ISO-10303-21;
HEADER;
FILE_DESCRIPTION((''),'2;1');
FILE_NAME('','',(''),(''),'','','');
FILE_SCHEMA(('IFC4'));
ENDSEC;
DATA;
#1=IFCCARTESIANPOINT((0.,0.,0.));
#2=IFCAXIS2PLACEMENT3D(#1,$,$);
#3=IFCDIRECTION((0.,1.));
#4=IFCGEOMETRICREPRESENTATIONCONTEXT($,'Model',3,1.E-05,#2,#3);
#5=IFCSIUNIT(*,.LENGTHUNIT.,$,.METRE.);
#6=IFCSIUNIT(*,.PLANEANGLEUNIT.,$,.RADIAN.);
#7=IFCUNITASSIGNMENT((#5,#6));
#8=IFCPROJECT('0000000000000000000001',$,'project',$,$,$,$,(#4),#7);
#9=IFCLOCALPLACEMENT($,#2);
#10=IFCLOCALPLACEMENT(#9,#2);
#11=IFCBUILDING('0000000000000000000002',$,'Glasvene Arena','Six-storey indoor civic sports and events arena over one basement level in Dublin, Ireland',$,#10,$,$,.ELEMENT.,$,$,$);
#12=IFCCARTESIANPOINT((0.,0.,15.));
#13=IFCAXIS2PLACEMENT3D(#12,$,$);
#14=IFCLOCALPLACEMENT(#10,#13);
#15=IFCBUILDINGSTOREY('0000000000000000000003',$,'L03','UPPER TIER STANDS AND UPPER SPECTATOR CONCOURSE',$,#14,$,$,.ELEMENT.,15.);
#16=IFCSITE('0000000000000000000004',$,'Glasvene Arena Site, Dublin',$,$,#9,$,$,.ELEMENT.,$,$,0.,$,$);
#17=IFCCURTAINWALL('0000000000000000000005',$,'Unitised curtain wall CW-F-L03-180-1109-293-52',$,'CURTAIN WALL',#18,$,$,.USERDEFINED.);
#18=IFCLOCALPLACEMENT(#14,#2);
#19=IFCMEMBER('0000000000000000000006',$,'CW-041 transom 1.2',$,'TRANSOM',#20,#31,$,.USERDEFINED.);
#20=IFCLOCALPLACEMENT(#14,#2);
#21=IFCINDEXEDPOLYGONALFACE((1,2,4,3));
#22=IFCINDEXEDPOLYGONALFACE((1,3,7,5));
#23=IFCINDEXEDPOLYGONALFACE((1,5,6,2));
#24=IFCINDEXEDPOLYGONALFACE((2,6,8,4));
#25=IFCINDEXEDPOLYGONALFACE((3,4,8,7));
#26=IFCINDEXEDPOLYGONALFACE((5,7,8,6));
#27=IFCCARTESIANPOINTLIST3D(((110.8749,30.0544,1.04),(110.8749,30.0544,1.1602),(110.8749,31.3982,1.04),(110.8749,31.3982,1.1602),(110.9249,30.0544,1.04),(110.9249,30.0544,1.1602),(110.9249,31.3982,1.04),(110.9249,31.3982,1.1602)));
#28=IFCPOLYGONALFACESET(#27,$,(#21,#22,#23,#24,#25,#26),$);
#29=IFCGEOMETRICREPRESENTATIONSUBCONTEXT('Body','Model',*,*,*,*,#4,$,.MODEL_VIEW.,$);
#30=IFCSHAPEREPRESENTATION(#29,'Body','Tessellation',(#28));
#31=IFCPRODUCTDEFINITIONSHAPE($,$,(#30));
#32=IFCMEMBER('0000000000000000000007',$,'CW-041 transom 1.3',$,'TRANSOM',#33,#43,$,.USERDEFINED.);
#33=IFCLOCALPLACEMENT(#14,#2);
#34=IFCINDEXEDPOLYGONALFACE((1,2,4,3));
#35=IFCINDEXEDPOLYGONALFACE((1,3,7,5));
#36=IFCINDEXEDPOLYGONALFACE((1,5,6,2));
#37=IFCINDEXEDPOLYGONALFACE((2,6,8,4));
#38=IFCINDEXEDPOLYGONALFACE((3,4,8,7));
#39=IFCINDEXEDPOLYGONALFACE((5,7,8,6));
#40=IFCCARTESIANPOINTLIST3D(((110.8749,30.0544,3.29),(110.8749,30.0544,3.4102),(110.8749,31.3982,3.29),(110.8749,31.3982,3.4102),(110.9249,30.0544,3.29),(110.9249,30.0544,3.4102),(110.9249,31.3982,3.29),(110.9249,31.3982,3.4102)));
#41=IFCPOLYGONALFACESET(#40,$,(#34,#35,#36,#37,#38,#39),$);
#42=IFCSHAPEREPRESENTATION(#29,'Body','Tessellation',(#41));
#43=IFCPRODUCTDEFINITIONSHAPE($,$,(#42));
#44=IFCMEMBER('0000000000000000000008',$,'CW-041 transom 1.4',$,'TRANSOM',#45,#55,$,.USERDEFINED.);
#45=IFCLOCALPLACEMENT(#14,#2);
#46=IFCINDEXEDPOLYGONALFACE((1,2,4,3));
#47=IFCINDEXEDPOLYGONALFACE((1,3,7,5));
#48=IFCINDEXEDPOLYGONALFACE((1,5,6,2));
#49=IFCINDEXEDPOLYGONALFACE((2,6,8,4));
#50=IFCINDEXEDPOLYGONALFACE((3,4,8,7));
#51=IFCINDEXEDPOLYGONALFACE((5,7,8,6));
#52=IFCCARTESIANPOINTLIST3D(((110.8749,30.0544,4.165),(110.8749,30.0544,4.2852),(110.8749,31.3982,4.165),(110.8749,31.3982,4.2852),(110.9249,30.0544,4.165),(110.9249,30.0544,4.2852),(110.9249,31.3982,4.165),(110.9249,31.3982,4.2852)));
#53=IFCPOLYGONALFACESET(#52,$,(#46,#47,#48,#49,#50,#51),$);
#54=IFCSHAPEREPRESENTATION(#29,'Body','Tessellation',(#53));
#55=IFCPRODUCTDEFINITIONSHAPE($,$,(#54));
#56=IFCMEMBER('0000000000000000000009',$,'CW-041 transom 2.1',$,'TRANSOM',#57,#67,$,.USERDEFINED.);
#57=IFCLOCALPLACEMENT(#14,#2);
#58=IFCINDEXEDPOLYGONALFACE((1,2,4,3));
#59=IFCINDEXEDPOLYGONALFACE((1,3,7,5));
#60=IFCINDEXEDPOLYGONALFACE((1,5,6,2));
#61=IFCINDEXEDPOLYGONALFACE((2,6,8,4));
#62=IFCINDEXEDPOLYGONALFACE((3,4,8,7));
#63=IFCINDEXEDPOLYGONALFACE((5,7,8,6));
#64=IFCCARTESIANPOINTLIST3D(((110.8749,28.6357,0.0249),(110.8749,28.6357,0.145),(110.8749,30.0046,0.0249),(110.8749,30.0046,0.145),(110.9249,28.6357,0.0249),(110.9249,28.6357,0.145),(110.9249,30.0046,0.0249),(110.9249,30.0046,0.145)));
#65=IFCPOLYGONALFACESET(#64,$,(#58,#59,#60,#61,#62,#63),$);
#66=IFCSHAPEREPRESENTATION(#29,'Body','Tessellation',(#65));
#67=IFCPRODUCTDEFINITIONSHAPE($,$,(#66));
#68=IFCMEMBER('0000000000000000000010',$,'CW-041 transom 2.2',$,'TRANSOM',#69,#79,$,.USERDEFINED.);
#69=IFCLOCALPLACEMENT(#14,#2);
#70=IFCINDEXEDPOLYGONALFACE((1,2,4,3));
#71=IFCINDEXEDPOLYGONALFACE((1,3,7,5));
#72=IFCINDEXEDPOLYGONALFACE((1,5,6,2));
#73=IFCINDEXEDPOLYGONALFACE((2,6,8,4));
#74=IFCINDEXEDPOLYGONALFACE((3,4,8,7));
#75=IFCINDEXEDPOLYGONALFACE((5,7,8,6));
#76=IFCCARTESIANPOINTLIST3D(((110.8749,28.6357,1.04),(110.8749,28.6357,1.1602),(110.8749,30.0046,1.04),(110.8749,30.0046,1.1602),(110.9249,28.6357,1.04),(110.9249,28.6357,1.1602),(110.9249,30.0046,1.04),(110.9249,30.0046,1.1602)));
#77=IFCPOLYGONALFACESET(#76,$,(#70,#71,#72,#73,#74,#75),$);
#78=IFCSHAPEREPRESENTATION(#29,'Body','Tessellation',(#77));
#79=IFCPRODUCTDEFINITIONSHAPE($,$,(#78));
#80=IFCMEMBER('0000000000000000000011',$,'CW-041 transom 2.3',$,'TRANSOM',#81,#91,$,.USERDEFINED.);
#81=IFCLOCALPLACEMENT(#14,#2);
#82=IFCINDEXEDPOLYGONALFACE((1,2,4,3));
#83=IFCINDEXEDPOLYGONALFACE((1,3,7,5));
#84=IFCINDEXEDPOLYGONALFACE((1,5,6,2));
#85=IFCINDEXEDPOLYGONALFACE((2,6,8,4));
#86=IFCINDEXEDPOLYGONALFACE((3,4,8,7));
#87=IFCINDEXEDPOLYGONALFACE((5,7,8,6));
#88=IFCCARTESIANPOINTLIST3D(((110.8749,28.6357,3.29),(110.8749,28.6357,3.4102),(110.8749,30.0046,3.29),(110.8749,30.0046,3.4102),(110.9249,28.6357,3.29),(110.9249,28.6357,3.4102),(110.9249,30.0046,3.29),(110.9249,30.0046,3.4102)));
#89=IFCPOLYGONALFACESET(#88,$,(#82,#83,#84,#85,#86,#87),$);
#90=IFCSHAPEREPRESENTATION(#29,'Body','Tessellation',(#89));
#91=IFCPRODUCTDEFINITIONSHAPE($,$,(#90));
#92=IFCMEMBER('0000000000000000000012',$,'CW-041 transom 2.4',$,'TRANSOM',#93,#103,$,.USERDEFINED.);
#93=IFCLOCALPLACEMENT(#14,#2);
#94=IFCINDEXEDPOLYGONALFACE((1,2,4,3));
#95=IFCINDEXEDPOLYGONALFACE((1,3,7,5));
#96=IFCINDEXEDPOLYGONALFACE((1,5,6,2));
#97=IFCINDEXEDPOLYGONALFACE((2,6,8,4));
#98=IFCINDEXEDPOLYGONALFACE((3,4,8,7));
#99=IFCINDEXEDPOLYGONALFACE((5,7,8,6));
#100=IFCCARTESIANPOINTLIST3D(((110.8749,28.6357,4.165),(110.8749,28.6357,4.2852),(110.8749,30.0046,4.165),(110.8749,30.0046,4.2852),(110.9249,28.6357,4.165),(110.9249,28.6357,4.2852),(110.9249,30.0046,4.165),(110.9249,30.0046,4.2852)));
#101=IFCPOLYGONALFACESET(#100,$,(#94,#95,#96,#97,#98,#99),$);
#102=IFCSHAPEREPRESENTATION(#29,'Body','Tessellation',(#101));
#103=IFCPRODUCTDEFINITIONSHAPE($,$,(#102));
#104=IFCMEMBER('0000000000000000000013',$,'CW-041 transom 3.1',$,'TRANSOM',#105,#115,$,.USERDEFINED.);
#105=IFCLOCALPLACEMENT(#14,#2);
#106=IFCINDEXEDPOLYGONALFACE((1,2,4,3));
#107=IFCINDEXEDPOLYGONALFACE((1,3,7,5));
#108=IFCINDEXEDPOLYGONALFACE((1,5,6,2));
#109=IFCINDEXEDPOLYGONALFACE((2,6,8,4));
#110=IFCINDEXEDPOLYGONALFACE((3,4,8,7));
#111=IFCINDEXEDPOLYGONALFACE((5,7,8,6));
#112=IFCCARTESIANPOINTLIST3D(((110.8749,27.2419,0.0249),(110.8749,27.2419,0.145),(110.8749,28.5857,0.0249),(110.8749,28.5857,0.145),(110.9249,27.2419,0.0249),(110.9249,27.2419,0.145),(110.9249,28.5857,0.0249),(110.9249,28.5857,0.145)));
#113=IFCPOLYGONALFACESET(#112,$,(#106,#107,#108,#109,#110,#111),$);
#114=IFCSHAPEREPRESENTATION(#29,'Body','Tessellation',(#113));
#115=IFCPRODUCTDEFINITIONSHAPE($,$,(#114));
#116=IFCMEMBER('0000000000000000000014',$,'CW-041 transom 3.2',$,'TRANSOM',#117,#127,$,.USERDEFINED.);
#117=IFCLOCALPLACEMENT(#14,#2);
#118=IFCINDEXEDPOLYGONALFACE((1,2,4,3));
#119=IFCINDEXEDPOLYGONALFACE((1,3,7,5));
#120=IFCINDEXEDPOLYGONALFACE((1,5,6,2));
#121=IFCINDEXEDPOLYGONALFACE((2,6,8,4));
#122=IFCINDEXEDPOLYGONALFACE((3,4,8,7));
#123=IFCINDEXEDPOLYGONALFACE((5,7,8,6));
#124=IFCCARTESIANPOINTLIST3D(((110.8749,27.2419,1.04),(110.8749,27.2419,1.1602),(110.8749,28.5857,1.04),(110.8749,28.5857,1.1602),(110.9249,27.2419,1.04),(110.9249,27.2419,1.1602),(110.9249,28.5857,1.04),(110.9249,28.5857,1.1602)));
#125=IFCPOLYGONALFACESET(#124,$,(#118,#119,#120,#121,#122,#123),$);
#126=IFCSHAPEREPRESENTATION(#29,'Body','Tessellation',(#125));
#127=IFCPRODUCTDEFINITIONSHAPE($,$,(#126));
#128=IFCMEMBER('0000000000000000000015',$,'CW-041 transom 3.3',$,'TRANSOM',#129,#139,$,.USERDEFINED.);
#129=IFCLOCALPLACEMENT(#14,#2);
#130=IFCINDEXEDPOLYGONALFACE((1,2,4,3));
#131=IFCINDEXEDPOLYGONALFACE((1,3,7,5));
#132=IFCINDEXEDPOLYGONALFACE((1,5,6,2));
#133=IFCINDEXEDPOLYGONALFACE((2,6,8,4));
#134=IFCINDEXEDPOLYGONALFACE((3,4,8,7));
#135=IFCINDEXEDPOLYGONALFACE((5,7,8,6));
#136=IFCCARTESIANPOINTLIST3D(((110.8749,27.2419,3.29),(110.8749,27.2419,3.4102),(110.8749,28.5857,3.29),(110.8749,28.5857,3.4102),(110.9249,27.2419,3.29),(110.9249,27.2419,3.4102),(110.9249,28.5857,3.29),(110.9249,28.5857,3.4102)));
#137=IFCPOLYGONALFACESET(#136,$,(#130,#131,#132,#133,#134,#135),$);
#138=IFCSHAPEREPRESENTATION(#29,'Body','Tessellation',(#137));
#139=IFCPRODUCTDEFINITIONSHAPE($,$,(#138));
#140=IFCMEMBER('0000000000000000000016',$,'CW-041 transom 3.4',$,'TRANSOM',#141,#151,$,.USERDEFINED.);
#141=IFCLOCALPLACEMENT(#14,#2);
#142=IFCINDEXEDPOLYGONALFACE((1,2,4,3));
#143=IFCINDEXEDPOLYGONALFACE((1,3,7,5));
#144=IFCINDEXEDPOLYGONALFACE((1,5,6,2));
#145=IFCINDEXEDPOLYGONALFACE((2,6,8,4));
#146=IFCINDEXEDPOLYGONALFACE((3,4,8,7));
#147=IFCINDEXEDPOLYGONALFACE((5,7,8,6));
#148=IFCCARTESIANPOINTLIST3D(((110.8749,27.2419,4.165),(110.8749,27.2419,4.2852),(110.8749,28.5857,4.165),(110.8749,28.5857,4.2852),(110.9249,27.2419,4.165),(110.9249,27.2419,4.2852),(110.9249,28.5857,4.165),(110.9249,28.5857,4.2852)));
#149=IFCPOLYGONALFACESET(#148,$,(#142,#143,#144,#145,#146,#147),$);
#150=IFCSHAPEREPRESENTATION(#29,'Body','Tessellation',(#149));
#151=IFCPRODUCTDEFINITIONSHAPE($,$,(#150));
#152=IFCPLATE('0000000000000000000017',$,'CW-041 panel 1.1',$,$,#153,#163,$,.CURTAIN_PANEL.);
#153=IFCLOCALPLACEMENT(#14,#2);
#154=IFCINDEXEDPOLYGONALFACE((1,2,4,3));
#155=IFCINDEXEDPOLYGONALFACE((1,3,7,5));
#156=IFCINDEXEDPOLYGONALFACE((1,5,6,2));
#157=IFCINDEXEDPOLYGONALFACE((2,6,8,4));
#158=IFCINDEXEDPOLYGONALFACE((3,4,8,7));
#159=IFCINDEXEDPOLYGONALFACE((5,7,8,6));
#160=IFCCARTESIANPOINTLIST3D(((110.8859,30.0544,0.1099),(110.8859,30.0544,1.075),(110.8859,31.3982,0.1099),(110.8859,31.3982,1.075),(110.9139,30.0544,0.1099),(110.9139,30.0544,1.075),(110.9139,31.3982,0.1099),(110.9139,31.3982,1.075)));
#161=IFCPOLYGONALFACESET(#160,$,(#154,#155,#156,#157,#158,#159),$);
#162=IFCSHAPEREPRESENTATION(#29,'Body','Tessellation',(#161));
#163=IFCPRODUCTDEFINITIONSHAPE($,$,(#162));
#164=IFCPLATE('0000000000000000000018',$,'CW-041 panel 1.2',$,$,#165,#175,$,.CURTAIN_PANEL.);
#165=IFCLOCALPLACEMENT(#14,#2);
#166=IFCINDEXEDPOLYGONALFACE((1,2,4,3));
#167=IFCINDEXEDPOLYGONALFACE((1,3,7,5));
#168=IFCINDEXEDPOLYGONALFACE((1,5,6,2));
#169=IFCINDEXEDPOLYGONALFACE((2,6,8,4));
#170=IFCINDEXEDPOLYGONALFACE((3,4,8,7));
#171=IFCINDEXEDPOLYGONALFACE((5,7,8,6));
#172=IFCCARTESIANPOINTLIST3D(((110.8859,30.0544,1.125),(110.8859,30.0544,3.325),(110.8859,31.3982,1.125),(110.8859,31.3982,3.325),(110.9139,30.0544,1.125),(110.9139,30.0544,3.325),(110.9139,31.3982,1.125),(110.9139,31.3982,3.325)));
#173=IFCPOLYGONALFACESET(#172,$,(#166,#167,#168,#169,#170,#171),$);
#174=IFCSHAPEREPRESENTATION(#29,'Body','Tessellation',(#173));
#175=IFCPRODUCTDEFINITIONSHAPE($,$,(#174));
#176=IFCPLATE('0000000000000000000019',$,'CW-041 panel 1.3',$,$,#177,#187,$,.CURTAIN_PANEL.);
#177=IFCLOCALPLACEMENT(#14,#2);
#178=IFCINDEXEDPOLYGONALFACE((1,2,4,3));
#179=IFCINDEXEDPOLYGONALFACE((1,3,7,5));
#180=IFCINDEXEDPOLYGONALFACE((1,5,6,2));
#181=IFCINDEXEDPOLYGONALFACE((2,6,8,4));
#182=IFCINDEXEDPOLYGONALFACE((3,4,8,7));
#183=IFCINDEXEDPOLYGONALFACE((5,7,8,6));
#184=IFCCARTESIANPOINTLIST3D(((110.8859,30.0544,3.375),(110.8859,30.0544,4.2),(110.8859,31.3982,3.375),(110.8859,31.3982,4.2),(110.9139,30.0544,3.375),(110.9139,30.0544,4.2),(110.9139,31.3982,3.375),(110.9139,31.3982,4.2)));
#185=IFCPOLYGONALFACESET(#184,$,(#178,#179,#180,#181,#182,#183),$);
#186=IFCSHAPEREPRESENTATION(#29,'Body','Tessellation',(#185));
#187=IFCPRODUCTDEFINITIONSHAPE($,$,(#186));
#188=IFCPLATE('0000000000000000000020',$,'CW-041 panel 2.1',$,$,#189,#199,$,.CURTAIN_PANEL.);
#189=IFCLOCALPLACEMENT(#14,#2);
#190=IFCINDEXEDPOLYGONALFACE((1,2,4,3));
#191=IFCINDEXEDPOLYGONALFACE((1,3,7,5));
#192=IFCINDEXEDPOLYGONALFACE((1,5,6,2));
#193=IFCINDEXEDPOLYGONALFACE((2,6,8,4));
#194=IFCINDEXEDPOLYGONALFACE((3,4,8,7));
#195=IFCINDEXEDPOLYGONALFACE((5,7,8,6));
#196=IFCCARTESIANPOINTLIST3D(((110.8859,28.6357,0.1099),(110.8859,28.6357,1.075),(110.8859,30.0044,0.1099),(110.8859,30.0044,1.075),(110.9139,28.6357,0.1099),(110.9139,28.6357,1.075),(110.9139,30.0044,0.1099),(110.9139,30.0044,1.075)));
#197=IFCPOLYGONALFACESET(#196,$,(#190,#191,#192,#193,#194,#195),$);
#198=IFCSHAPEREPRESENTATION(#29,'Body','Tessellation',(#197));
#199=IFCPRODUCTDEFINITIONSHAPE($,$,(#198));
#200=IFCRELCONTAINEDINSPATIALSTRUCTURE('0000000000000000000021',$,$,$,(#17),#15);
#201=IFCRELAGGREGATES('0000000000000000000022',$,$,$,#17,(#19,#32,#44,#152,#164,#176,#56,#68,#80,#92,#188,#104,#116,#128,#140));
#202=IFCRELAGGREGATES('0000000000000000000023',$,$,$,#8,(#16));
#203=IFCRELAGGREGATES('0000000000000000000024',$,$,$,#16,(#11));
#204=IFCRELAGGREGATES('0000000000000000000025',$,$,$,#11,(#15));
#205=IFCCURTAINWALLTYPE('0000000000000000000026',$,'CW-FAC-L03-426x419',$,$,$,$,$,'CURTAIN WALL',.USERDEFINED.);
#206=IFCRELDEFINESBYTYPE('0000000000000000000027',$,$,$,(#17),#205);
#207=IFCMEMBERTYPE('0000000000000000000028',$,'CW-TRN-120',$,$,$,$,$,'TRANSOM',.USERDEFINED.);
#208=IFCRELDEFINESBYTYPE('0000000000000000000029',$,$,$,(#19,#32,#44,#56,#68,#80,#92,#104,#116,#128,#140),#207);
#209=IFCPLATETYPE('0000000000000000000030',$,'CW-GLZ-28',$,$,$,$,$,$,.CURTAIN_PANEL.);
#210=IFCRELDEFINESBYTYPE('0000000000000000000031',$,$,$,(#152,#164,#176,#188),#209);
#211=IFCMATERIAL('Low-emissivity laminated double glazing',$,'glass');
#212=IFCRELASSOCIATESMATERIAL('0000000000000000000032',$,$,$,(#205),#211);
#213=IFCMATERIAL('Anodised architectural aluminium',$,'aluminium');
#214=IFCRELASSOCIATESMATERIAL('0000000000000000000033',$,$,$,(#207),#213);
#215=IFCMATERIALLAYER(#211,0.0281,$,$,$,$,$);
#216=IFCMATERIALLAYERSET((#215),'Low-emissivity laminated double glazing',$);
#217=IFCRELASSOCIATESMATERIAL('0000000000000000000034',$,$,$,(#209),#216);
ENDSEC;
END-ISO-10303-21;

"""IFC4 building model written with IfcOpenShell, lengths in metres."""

from ifc_helpers import new_model, si_unit, direction, frame, origin, origin_2d, place, context, subcontext, project, spatial, rectangle, extrude, material, layer, layer_set, material_profile, profile_set, type_object, element, aggregate, save


model = new_model("IFC4")

# Units and contexts
model_context = context("Model", 3, precision=1e-05, world=origin(), true_north=direction((0.0, 1.0)))
body_context = subcontext(model_context, "Body", "Model", "MODEL_VIEW")
ifc_project = project(units=[si_unit("LENGTHUNIT", "METRE"), si_unit("PLANEANGLEUNIT", "RADIAN")], contexts=[model_context])

# Site, building, storey
site_placement = place(None, origin())
site = spatial("IfcSite", under=ifc_project, at=site_placement, Name="Glasvene Arena Site, Dublin", CompositionType="ELEMENT", RefElevation=0.0)
building_placement = place(site_placement, origin())
building = spatial("IfcBuilding", under=site, at=building_placement, Name="Glasvene Arena", Description="Six-storey indoor civic sports and events arena over one basement level in Dublin, Ireland", CompositionType="ELEMENT")
storey_placement = place(building_placement, frame((0.0, 0.0, 15.0)))
storey = spatial("IfcBuildingStorey", under=building, at=storey_placement, Name="L03", Description="UPPER TIER STANDS AND UPPER SPECTATOR CONCOURSE", CompositionType="ELEMENT", Elevation=15.0)

# Curtain wall, members, plates
ifc_material_1 = material(Name="Low-emissivity laminated double glazing", Category="glass")
curtain_wall_type = type_object("IfcCurtainWallType", Name="CW-FAC-L03-426x419", ElementType="CURTAIN WALL", PredefinedType="USERDEFINED", material=ifc_material_1)
curtain_wall_placement = place(storey_placement, frame((110.8999, 31.4482, 0.0)))
curtain_wall = element("IfcCurtainWall", 1, at=curtain_wall_placement, inside=storey, type_object=curtain_wall_type, Name="Unitised curtain wall CW-F-L03-180-1109-293-52", ObjectType="CURTAIN WALL", PredefinedType="USERDEFINED")
ifc_material_2 = material(Name="Anodised architectural aluminium", Category="aluminium")
ifc_material_profile_1 = material_profile(ifc_material_2, rectangle(XDim=0.05, YDim=0.1201, at=origin_2d()), Name="ALU TRANSOM 50x120")
ifc_profile_set_1 = profile_set([ifc_material_profile_1], Name="Anodised architectural aluminium")
member_type_1 = type_object("IfcMemberType", Name="CW-TRN-120", ElementType="TRANSOM", PredefinedType="USERDEFINED", material=ifc_profile_set_1)
member_1_placement = place(storey_placement, frame((110.8999, 31.3982, 1.1001), z_axis=(0.0, -1.0, 0.0), x_axis=(1.0, 0.0, 0.0)))
member_1 = element("IfcMember", 2, at=member_1_placement, type_object=member_type_1, Name="CW-041 transom 1.2", ObjectType="TRANSOM", PredefinedType="USERDEFINED", context=body_context, shape_type="SweptSolid", body=[
    extrude(rectangle(XDim=0.05, YDim=0.1201, at=origin_2d()), origin(), (0.0, 0.0, 1.0), 1.3438),
])
member_2_placement = place(storey_placement, frame((110.8999, 31.3982, 3.3501), z_axis=(0.0, -1.0, 0.0), x_axis=(1.0, 0.0, 0.0)))
member_2 = element("IfcMember", 3, at=member_2_placement, type_object=member_type_1, Name="CW-041 transom 1.3", ObjectType="TRANSOM", PredefinedType="USERDEFINED", context=body_context, shape_type="SweptSolid", body=[
    extrude(rectangle(XDim=0.05, YDim=0.1201, at=origin_2d()), origin(), (0.0, 0.0, 1.0), 1.3438),
])
member_3_placement = place(storey_placement, frame((110.8999, 31.3982, 4.2251), z_axis=(0.0, -1.0, 0.0), x_axis=(1.0, 0.0, 0.0)))
member_3 = element("IfcMember", 4, at=member_3_placement, type_object=member_type_1, Name="CW-041 transom 1.4", ObjectType="TRANSOM", PredefinedType="USERDEFINED", context=body_context, shape_type="SweptSolid", body=[
    extrude(rectangle(XDim=0.05, YDim=0.1201, at=origin_2d()), origin(), (0.0, 0.0, 1.0), 1.3438),
])
member_4_placement = place(storey_placement, frame((110.8999, 30.0046, 0.085), z_axis=(0.0, -1.0, 0.0), x_axis=(1.0, 0.0, 0.0)))
member_4 = element("IfcMember", 5, at=member_4_placement, type_object=member_type_1, Name="CW-041 transom 2.1", ObjectType="TRANSOM", PredefinedType="USERDEFINED", context=body_context, shape_type="SweptSolid", body=[
    extrude(rectangle(XDim=0.05, YDim=0.1201, at=origin_2d()), origin(), (0.0, 0.0, 1.0), 1.3689),
])
member_5_placement = place(storey_placement, frame((110.8999, 30.0046, 1.1001), z_axis=(0.0, -1.0, 0.0), x_axis=(1.0, 0.0, 0.0)))
member_5 = element("IfcMember", 6, at=member_5_placement, type_object=member_type_1, Name="CW-041 transom 2.2", ObjectType="TRANSOM", PredefinedType="USERDEFINED", context=body_context, shape_type="SweptSolid", body=[
    extrude(rectangle(XDim=0.05, YDim=0.1201, at=origin_2d()), origin(), (0.0, 0.0, 1.0), 1.3689),
])
member_6_placement = place(storey_placement, frame((110.8999, 30.0046, 3.3501), z_axis=(0.0, -1.0, 0.0), x_axis=(1.0, 0.0, 0.0)))
member_6 = element("IfcMember", 7, at=member_6_placement, type_object=member_type_1, Name="CW-041 transom 2.3", ObjectType="TRANSOM", PredefinedType="USERDEFINED", context=body_context, shape_type="SweptSolid", body=[
    extrude(rectangle(XDim=0.05, YDim=0.1201, at=origin_2d()), origin(), (0.0, 0.0, 1.0), 1.3689),
])
member_7_placement = place(storey_placement, frame((110.8999, 30.0046, 4.2251), z_axis=(0.0, -1.0, 0.0), x_axis=(1.0, 0.0, 0.0)))
member_7 = element("IfcMember", 8, at=member_7_placement, type_object=member_type_1, Name="CW-041 transom 2.4", ObjectType="TRANSOM", PredefinedType="USERDEFINED", context=body_context, shape_type="SweptSolid", body=[
    extrude(rectangle(XDim=0.05, YDim=0.1201, at=origin_2d()), origin(), (0.0, 0.0, 1.0), 1.3689),
])
member_8_placement = place(storey_placement, frame((110.8999, 28.5857, 0.085), z_axis=(0.0, -1.0, 0.0), x_axis=(1.0, 0.0, 0.0)))
member_8 = element("IfcMember", 9, at=member_8_placement, type_object=member_type_1, Name="CW-041 transom 3.1", ObjectType="TRANSOM", PredefinedType="USERDEFINED", context=body_context, shape_type="SweptSolid", body=[
    extrude(rectangle(XDim=0.05, YDim=0.1201, at=origin_2d()), origin(), (0.0, 0.0, 1.0), 1.3438),
])
member_9_placement = place(storey_placement, frame((110.8999, 28.5857, 1.1001), z_axis=(0.0, -1.0, 0.0), x_axis=(1.0, 0.0, 0.0)))
member_9 = element("IfcMember", 10, at=member_9_placement, type_object=member_type_1, Name="CW-041 transom 3.2", ObjectType="TRANSOM", PredefinedType="USERDEFINED", context=body_context, shape_type="SweptSolid", body=[
    extrude(rectangle(XDim=0.05, YDim=0.1201, at=origin_2d()), origin(), (0.0, 0.0, 1.0), 1.3438),
])
member_10_placement = place(storey_placement, frame((110.8999, 28.5857, 3.3501), z_axis=(0.0, -1.0, 0.0), x_axis=(1.0, 0.0, 0.0)))
member_10 = element("IfcMember", 11, at=member_10_placement, type_object=member_type_1, Name="CW-041 transom 3.3", ObjectType="TRANSOM", PredefinedType="USERDEFINED", context=body_context, shape_type="SweptSolid", body=[
    extrude(rectangle(XDim=0.05, YDim=0.1201, at=origin_2d()), origin(), (0.0, 0.0, 1.0), 1.3438),
])
member_11_placement = place(storey_placement, frame((110.8999, 28.5857, 4.2251), z_axis=(0.0, -1.0, 0.0), x_axis=(1.0, 0.0, 0.0)))
member_11 = element("IfcMember", 12, at=member_11_placement, type_object=member_type_1, Name="CW-041 transom 3.4", ObjectType="TRANSOM", PredefinedType="USERDEFINED", context=body_context, shape_type="SweptSolid", body=[
    extrude(rectangle(XDim=0.05, YDim=0.1201, at=origin_2d()), origin(), (0.0, 0.0, 1.0), 1.3438),
])
ifc_layer_1 = layer(ifc_material_1, 0.0281)
ifc_layer_set_1 = layer_set([ifc_layer_1], Name="Low-emissivity laminated double glazing")
plate_type = type_object("IfcPlateType", Name="CW-GLZ-28", PredefinedType="CURTAIN_PANEL", material=ifc_layer_set_1)
plate_1_placement = place(storey_placement, frame((110.8999, 30.7263, 0.1099), z_axis=(0.0, 0.0, 1.0), x_axis=(0.0, -1.0, 0.0)))
plate_1 = element("IfcPlate", 13, at=plate_1_placement, type_object=plate_type, Name="CW-041 panel 1.1", PredefinedType="CURTAIN_PANEL", context=body_context, shape_type="SweptSolid", body=[
    extrude(rectangle(XDim=1.3438, YDim=0.0281, at=origin_2d()), origin(), (0.0, 0.0, 1.0), 0.9651),
])
plate_2_placement = place(storey_placement, frame((110.8999, 30.7263, 1.125), z_axis=(0.0, 0.0, 1.0), x_axis=(0.0, -1.0, 0.0)))
plate_2 = element("IfcPlate", 14, at=plate_2_placement, type_object=plate_type, Name="CW-041 panel 1.2", PredefinedType="CURTAIN_PANEL", context=body_context, shape_type="SweptSolid", body=[
    extrude(rectangle(XDim=1.3438, YDim=0.0281, at=origin_2d()), origin(), (0.0, 0.0, 1.0), 2.2),
])
plate_3_placement = place(storey_placement, frame((110.8999, 30.7263, 3.375), z_axis=(0.0, 0.0, 1.0), x_axis=(0.0, -1.0, 0.0)))
plate_3 = element("IfcPlate", 15, at=plate_3_placement, type_object=plate_type, Name="CW-041 panel 1.3", PredefinedType="CURTAIN_PANEL", context=body_context, shape_type="SweptSolid", body=[
    extrude(rectangle(XDim=1.3438, YDim=0.0281, at=origin_2d()), origin(), (0.0, 0.0, 1.0), 0.825),
])
plate_4_placement = place(storey_placement, frame((110.8999, 29.3201, 0.1099), z_axis=(0.0, 0.0, 1.0), x_axis=(0.0, -1.0, 0.0)))
plate_4 = element("IfcPlate", 16, at=plate_4_placement, type_object=plate_type, Name="CW-041 panel 2.1", PredefinedType="CURTAIN_PANEL", context=body_context, shape_type="SweptSolid", body=[
    extrude(rectangle(XDim=1.3687, YDim=0.0281, at=origin_2d()), origin(), (0.0, 0.0, 1.0), 0.9651),
])
aggregate(curtain_wall, [member_1, member_2, member_3, plate_1, plate_2, plate_3, member_4, member_5, member_6, member_7, plate_4, member_8, member_9, member_10, member_11])

save(model, "model.ifc")
